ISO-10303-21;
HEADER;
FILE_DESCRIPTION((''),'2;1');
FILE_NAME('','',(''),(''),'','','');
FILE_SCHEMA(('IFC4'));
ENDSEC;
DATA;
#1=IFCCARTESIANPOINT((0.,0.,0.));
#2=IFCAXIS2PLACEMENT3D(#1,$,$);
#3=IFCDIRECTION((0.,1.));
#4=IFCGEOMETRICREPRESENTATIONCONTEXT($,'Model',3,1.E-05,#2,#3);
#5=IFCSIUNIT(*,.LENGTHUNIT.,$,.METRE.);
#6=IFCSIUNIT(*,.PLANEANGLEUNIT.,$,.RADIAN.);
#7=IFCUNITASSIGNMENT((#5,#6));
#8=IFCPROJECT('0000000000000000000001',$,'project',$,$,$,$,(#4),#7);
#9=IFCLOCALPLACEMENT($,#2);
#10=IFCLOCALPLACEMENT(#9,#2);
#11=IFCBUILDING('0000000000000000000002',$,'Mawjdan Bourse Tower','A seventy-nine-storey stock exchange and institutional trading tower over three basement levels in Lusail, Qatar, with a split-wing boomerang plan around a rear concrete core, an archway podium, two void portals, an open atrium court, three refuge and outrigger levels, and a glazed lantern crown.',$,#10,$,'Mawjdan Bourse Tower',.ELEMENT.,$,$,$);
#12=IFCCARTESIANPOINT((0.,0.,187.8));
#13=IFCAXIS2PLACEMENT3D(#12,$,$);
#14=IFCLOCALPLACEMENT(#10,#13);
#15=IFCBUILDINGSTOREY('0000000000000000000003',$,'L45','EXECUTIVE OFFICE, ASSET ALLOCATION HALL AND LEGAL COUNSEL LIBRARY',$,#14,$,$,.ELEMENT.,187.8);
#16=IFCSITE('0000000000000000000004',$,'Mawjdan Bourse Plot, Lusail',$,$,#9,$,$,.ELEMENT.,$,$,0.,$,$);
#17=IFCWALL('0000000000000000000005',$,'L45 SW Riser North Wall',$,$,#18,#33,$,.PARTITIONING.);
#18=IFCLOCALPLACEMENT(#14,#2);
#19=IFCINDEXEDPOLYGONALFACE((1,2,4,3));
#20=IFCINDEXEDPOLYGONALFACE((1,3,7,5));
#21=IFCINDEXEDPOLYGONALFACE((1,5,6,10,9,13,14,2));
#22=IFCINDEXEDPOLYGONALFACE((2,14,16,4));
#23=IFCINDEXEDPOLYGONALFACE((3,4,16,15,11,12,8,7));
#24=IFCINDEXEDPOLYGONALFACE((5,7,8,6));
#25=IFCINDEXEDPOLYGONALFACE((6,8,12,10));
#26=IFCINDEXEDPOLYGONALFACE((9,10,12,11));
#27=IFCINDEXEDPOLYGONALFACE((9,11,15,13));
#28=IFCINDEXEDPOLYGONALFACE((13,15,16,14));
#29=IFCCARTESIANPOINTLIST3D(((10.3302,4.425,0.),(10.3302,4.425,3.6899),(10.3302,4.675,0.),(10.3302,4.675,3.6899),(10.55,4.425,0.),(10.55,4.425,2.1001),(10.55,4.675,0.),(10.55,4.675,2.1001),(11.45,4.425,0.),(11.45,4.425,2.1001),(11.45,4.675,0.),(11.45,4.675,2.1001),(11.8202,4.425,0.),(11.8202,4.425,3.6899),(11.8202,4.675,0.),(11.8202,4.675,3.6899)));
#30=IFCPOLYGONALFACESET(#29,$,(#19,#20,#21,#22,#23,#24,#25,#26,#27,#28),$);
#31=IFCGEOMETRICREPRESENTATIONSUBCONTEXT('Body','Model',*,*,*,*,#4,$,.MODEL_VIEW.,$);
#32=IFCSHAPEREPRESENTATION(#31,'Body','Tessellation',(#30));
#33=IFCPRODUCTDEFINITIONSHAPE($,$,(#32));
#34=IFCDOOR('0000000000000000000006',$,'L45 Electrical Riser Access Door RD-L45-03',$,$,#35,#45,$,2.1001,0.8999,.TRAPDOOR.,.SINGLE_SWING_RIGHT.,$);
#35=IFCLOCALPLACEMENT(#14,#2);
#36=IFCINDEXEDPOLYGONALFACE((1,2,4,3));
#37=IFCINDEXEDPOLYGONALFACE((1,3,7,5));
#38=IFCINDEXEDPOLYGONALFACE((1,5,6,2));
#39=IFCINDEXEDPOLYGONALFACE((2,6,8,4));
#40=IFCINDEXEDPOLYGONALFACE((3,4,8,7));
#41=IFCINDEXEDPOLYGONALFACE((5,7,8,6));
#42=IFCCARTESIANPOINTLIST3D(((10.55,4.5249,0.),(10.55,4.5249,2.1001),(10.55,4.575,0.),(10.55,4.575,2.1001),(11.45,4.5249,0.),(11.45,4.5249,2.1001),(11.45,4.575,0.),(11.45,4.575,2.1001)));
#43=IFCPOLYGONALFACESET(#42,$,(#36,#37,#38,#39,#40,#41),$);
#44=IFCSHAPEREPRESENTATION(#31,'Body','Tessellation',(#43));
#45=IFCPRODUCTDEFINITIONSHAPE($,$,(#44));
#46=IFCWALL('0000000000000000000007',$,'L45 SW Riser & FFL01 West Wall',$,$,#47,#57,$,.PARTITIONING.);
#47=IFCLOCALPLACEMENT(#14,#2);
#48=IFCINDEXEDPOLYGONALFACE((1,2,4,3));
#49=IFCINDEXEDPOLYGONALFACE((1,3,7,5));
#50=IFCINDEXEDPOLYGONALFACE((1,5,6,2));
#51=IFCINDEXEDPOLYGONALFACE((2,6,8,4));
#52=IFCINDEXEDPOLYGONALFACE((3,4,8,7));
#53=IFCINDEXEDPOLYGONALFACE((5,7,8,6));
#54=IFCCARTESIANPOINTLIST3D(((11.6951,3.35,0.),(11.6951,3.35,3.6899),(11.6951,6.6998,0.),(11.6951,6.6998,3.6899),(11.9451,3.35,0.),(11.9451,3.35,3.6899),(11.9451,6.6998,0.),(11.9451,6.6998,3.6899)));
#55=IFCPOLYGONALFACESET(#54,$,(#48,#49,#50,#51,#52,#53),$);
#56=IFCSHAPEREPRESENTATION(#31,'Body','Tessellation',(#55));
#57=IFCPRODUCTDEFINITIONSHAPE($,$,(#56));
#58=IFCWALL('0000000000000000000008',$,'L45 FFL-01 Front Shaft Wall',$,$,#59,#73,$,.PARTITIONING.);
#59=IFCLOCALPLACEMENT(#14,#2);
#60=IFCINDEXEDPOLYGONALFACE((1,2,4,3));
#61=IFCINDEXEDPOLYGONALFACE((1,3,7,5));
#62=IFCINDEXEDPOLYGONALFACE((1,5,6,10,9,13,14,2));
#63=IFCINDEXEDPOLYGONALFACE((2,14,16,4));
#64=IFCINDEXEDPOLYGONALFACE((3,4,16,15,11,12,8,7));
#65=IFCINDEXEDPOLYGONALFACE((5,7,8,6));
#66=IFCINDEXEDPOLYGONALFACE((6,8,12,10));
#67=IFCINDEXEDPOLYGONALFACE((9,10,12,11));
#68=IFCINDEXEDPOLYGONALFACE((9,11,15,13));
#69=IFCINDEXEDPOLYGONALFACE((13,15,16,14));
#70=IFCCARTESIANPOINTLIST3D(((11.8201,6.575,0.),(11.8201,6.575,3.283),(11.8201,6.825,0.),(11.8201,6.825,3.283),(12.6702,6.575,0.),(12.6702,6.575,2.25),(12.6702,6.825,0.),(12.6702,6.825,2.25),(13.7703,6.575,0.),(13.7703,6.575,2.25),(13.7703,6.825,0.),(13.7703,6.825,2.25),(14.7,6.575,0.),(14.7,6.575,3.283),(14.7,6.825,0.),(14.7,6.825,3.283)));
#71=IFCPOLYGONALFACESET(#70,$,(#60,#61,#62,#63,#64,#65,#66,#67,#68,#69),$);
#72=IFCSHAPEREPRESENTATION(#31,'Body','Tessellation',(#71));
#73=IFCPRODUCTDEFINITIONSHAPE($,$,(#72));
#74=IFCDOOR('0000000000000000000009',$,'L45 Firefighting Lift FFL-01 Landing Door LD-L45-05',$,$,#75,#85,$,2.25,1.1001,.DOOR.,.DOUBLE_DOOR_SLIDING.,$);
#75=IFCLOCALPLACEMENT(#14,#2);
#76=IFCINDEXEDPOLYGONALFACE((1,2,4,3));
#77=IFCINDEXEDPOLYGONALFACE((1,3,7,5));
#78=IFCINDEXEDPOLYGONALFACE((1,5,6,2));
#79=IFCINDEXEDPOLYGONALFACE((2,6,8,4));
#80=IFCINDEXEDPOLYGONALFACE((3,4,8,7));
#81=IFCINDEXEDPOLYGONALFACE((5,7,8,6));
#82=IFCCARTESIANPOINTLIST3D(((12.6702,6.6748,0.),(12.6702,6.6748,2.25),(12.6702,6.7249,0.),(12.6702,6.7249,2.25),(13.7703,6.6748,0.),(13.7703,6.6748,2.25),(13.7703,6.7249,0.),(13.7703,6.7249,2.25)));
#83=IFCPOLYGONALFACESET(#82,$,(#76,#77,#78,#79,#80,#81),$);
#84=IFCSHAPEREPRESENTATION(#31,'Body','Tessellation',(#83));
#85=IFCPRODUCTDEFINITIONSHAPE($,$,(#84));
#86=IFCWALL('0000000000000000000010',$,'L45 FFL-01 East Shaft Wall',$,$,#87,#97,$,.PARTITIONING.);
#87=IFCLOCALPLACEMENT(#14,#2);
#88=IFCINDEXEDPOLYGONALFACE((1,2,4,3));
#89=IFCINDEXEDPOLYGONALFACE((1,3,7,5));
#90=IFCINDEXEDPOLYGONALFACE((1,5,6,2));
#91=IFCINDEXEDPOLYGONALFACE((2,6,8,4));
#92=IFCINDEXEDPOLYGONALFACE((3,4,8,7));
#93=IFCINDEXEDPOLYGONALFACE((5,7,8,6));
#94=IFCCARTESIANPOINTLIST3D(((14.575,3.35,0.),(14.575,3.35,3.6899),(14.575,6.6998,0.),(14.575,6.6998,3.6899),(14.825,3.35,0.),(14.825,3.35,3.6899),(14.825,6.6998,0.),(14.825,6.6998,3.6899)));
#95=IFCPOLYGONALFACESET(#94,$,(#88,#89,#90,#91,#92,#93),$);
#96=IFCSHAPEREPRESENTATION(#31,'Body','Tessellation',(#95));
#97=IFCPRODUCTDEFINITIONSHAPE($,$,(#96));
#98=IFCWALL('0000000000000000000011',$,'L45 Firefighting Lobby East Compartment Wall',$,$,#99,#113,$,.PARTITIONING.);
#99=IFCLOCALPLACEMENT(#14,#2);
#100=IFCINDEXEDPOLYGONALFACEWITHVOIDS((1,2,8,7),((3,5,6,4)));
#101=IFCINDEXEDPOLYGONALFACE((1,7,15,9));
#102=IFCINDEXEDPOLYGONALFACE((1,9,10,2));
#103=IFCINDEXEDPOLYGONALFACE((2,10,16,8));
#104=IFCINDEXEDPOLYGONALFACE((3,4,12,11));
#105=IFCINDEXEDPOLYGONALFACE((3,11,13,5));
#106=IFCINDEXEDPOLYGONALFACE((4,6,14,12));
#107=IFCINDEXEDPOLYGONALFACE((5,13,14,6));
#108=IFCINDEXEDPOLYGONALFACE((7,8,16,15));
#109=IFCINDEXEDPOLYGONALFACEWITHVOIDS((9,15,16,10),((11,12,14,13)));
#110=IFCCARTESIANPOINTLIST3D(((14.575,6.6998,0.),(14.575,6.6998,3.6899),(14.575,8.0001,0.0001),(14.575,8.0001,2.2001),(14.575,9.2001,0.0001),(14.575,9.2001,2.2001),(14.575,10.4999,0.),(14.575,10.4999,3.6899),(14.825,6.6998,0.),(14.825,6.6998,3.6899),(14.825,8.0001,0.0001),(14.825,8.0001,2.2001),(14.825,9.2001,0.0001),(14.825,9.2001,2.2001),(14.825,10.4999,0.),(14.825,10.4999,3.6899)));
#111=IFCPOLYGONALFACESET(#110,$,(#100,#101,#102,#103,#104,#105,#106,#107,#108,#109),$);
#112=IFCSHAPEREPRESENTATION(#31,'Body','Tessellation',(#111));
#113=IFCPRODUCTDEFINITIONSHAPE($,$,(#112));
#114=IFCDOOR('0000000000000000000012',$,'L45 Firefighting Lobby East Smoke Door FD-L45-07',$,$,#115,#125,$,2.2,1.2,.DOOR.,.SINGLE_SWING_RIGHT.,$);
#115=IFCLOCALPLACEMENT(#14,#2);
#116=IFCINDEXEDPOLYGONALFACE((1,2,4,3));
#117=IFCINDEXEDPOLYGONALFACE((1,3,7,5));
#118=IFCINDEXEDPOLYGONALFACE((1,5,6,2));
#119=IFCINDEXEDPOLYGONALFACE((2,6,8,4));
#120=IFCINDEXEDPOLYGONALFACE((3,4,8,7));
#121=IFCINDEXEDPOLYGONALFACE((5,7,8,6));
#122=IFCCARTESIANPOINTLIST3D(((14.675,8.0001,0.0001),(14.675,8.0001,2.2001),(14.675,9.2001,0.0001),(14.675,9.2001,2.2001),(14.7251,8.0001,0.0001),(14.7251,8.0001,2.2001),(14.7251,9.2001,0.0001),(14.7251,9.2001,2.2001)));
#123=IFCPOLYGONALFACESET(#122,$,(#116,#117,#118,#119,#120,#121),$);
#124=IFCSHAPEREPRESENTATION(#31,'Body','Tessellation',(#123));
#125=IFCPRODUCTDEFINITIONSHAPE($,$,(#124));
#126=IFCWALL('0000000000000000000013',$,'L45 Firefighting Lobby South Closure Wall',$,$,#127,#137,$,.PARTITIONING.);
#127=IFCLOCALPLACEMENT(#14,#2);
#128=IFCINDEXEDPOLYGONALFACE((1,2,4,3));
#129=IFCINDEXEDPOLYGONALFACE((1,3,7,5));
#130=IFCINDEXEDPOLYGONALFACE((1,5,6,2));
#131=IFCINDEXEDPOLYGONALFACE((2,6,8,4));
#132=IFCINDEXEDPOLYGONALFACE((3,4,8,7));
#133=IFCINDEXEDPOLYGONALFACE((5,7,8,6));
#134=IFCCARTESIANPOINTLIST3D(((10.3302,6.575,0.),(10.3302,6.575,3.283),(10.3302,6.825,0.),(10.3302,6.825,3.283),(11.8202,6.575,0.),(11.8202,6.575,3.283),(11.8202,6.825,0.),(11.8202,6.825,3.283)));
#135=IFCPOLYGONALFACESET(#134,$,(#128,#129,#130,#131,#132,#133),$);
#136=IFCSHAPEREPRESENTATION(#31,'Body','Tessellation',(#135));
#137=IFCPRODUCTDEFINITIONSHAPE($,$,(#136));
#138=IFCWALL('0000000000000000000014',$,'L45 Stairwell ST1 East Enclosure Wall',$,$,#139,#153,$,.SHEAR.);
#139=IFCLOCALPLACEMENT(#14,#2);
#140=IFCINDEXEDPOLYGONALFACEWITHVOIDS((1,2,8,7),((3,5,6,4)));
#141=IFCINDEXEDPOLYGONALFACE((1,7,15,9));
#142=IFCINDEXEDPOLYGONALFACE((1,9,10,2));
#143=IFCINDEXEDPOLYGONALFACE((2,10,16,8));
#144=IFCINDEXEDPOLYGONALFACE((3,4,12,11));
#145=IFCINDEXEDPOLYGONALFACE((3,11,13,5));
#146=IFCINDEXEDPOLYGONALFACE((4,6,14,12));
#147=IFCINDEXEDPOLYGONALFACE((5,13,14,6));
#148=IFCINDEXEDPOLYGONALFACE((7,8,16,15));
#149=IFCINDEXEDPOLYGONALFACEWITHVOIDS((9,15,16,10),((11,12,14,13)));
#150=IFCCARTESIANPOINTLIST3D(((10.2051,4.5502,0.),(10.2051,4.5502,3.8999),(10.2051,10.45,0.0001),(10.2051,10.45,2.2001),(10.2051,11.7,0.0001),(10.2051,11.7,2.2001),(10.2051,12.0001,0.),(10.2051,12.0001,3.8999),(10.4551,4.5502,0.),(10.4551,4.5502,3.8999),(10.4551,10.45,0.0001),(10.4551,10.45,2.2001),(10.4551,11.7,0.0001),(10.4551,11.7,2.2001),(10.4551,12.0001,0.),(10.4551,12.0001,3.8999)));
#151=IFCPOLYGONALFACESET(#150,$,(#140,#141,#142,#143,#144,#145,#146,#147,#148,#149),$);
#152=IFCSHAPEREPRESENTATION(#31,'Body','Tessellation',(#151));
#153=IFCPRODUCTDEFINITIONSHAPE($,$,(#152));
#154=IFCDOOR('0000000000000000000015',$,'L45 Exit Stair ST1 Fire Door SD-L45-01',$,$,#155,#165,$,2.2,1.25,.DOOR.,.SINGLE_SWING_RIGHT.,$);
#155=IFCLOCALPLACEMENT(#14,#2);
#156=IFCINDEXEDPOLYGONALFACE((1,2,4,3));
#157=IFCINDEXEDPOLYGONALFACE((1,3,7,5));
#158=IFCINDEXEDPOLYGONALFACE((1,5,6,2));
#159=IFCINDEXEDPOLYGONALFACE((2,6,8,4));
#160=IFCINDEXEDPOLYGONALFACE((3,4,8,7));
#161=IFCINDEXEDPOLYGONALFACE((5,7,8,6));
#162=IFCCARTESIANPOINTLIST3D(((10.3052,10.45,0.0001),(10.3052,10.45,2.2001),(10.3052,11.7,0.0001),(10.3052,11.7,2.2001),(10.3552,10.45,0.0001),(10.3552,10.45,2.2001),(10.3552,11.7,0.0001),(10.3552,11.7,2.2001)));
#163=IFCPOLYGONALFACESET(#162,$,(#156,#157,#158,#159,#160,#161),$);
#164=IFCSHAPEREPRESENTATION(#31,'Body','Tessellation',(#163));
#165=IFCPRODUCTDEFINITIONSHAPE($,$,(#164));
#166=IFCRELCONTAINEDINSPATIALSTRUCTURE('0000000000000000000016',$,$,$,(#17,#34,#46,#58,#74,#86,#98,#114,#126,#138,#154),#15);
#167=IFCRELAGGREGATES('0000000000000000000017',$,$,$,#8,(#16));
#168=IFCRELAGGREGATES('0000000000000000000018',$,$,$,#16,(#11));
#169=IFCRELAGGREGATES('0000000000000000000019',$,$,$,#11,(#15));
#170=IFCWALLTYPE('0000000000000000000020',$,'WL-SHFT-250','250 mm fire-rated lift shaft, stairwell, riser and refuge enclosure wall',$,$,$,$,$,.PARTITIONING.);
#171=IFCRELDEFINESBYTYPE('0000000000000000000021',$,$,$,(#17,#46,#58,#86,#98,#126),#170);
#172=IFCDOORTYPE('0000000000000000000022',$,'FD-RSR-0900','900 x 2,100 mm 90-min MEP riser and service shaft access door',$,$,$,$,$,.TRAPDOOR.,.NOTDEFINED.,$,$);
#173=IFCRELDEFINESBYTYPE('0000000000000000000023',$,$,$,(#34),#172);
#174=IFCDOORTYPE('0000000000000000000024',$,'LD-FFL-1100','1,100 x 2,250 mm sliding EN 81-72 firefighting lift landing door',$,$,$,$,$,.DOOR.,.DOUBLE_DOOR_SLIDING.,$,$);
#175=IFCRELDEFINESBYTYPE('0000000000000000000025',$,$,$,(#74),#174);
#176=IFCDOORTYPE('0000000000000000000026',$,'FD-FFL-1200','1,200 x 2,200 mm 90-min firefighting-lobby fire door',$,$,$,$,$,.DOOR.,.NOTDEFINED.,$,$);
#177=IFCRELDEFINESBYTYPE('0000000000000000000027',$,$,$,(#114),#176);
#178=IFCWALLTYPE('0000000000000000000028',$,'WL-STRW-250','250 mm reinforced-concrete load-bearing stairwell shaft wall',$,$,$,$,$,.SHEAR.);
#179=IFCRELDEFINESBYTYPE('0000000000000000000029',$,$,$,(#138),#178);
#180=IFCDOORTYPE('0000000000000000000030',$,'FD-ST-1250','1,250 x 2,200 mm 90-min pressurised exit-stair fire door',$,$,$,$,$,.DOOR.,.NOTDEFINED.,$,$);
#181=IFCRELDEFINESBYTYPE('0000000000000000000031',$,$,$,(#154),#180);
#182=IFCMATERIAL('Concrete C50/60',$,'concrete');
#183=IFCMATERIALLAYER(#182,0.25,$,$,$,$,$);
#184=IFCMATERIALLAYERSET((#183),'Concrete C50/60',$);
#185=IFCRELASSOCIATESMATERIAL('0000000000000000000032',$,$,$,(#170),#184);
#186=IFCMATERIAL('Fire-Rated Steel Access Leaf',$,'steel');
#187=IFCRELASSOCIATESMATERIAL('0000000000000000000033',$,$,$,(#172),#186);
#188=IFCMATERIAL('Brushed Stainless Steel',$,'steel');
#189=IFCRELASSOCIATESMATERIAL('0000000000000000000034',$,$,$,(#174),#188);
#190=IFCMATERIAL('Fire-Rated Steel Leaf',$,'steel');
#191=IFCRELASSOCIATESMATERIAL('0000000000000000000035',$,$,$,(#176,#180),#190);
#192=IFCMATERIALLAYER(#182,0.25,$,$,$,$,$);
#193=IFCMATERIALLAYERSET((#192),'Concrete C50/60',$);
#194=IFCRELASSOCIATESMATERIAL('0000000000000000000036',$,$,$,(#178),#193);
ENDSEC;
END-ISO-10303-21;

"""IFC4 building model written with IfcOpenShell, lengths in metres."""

from ifc_helpers import new_model, si_unit, direction, frame, frame_2d, origin, place, context, subcontext, project, spatial, rectangle, extrude, material, layer, layer_set, type_object, element, fill, save


model = new_model("IFC4")

# Units and contexts
model_context = context("Model", 3, precision=1e-05, world=origin(), true_north=direction((0.0, 1.0)))
body_context = subcontext(model_context, "Body", "Model", "MODEL_VIEW")
ifc_project = project(units=[si_unit("LENGTHUNIT", "METRE"), si_unit("PLANEANGLEUNIT", "RADIAN")], contexts=[model_context])

# Site, building, storey
site_placement = place(None, origin())
site = spatial("IfcSite", under=ifc_project, at=site_placement, Name="Mawjdan Bourse Plot, Lusail", CompositionType="ELEMENT", RefElevation=0.0)
building_placement = place(site_placement, origin())
building = spatial("IfcBuilding", under=site, at=building_placement, Name="Mawjdan Bourse Tower", Description="A seventy-nine-storey stock exchange and institutional trading tower over three basement levels in Lusail, Qatar, with a split-wing boomerang plan around a rear concrete core, an archway podium, two void portals, an open atrium court, three refuge and outrigger levels, and a glazed lantern crown.", LongName="Mawjdan Bourse Tower", CompositionType="ELEMENT")
storey_placement = place(building_placement, frame((0.0, 0.0, 187.8)))
storey = spatial("IfcBuildingStorey", under=building, at=storey_placement, Name="L45", Description="EXECUTIVE OFFICE, ASSET ALLOCATION HALL AND LEGAL COUNSEL LIBRARY", CompositionType="ELEMENT", Elevation=187.8)

# Shared definitions
ifc_material_1 = material(Name="Concrete C50/60", Category="concrete")

# Wall, opening, door
ifc_layer_1 = layer(ifc_material_1, 0.25)
ifc_layer_set_1 = layer_set([ifc_layer_1], Name="Concrete C50/60")
wall_type_1 = type_object("IfcWallType", Name="WL-SHFT-250", Description="250 mm fire-rated lift shaft, stairwell, riser and refuge enclosure wall", PredefinedType="PARTITIONING", material=ifc_layer_set_1)
wall_1_placement = place(storey_placement, frame((10.3301, 4.55, 0.0), z_axis=(0.0, 0.0, 1.0), x_axis=(1.0, 0.0, 0.0)))
wall_1 = element("IfcWall", 1, at=wall_1_placement, inside=storey, type_object=wall_type_1, Name="L45 SW Riser North Wall", PredefinedType="PARTITIONING", context=body_context, shape_type="SweptSolid", body=[
    extrude(rectangle(XDim=1.49, YDim=0.25, at=frame_2d((0.7451, 0.0))), origin(), (0.0, 0.0, 1.0), 3.6899),
])
opening_1_placement = place(wall_1_placement, frame((0.22, 0.0, 0.0)))
opening_1 = element("IfcOpeningElement", 2, at=opening_1_placement, cuts=wall_1, PredefinedType="OPENING", context=body_context, shape_type="SweptSolid", body=[
    extrude(rectangle(XDim=0.8999, YDim=2.1001, at=frame_2d((0.45, 1.05))), frame((0.0, 0.135, 0.0), z_axis=(0.0, -1.0, 0.0), x_axis=(1.0, 0.0, 0.0)), (0.0, 0.0, 1.0), 0.27),
])
ifc_material_2 = material(Name="Fire-Rated Steel Access Leaf", Category="steel")
door_type_1 = type_object("IfcDoorType", Name="FD-RSR-0900", Description="900 x 2,100 mm 90-min MEP riser and service shaft access door", OperationType="NOTDEFINED", PredefinedType="TRAPDOOR", material=ifc_material_2)
door_1_placement = place(opening_1_placement, origin())
door_1 = element("IfcDoor", 3, at=door_1_placement, inside=storey, type_object=door_type_1, Name="L45 Electrical Riser Access Door RD-L45-03", OperationType="SINGLE_SWING_RIGHT", OverallHeight=2.1001, OverallWidth=0.8999, PredefinedType="TRAPDOOR", context=body_context, shape_type="SweptSolid", body=[
    extrude(rectangle(XDim=0.8999, YDim=2.1001, at=frame_2d((0.45, 1.05))), frame((0.0, 0.0249, 0.0), z_axis=(0.0, -1.0, 0.0), x_axis=(1.0, 0.0, 0.0)), (0.0, 0.0, 1.0), 0.05),
])
fill(opening_1, door_1)

# Wall
wall_2_placement = place(storey_placement, frame((11.8201, 3.3501, 0.0), z_axis=(0.0, 0.0, 1.0), x_axis=(0.0, 1.0, 0.0)))
element("IfcWall", 4, at=wall_2_placement, inside=storey, type_object=wall_type_1, Name="L45 SW Riser & FFL01 West Wall", PredefinedType="PARTITIONING", context=body_context, shape_type="SweptSolid", body=[
    extrude(rectangle(XDim=3.3499, YDim=0.25, at=frame_2d((1.6748, 0.0))), origin(), (0.0, 0.0, 1.0), 3.6899),
])

# Wall, opening, door
wall_3_placement = place(storey_placement, frame((11.8201, 6.7, 0.0), z_axis=(0.0, 0.0, 1.0), x_axis=(1.0, 0.0, 0.0)))
wall_3 = element("IfcWall", 5, at=wall_3_placement, inside=storey, type_object=wall_type_1, Name="L45 FFL-01 Front Shaft Wall", PredefinedType="PARTITIONING", context=body_context, shape_type="SweptSolid", body=[
    extrude(rectangle(XDim=2.8799, YDim=0.25, at=frame_2d((1.4399, 0.0))), origin(), (0.0, 0.0, 1.0), 3.283),
])
opening_2_placement = place(wall_3_placement, frame((0.8501, 0.0, 0.0)))
opening_2 = element("IfcOpeningElement", 6, at=opening_2_placement, cuts=wall_3, PredefinedType="OPENING", context=body_context, shape_type="SweptSolid", body=[
    extrude(rectangle(XDim=1.1001, YDim=2.25, at=frame_2d((0.55, 1.125))), frame((0.0, 0.135, 0.0), z_axis=(0.0, -1.0, 0.0), x_axis=(1.0, 0.0, 0.0)), (0.0, 0.0, 1.0), 0.27),
])
ifc_material_3 = material(Name="Brushed Stainless Steel", Category="steel")
door_type_2 = type_object("IfcDoorType", Name="LD-FFL-1100", Description="1,100 x 2,250 mm sliding EN 81-72 firefighting lift landing door", OperationType="DOUBLE_DOOR_SLIDING", PredefinedType="DOOR", material=ifc_material_3)
door_2_placement = place(opening_2_placement, origin())
door_2 = element("IfcDoor", 7, at=door_2_placement, inside=storey, type_object=door_type_2, Name="L45 Firefighting Lift FFL-01 Landing Door LD-L45-05", OperationType="DOUBLE_DOOR_SLIDING", OverallHeight=2.25, OverallWidth=1.1001, PredefinedType="DOOR", context=body_context, shape_type="SweptSolid", body=[
    extrude(rectangle(XDim=1.1001, YDim=2.25, at=frame_2d((0.55, 1.125))), frame((0.0, 0.0249, 0.0), z_axis=(0.0, -1.0, 0.0), x_axis=(1.0, 0.0, 0.0)), (0.0, 0.0, 1.0), 0.05),
])
fill(opening_2, door_2)

# Wall
wall_4_placement = place(storey_placement, frame((14.7, 3.3501, 0.0), z_axis=(0.0, 0.0, 1.0), x_axis=(0.0, 1.0, 0.0)))
element("IfcWall", 8, at=wall_4_placement, inside=storey, type_object=wall_type_1, Name="L45 FFL-01 East Shaft Wall", PredefinedType="PARTITIONING", context=body_context, shape_type="SweptSolid", body=[
    extrude(rectangle(XDim=3.3499, YDim=0.25, at=frame_2d((1.6748, 0.0))), origin(), (0.0, 0.0, 1.0), 3.6899),
])

# Wall, opening, door
wall_5_placement = place(storey_placement, frame((14.7, 6.7, 0.0), z_axis=(0.0, 0.0, 1.0), x_axis=(0.0, 1.0, 0.0)))
wall_5 = element("IfcWall", 9, at=wall_5_placement, inside=storey, type_object=wall_type_1, Name="L45 Firefighting Lobby East Compartment Wall", PredefinedType="PARTITIONING", context=body_context, shape_type="SweptSolid", body=[
    extrude(rectangle(XDim=3.8, YDim=0.25, at=frame_2d((1.8999, 0.0))), origin(), (0.0, 0.0, 1.0), 3.6899),
])
opening_3_placement = place(wall_5_placement, frame((1.3, 0.0, 0.0)))
opening_3 = element("IfcOpeningElement", 10, at=opening_3_placement, cuts=wall_5, PredefinedType="OPENING", context=body_context, shape_type="SweptSolid", body=[
    extrude(rectangle(XDim=1.2, YDim=2.2, at=frame_2d((0.6001, 1.1001))), frame((0.0, 0.135, 0.0), z_axis=(0.0, -1.0, 0.0), x_axis=(1.0, 0.0, 0.0)), (0.0, 0.0, 1.0), 0.27),
])
ifc_material_4 = material(Name="Fire-Rated Steel Leaf", Category="steel")
door_type_3 = type_object("IfcDoorType", Name="FD-FFL-1200", Description="1,200 x 2,200 mm 90-min firefighting-lobby fire door", OperationType="NOTDEFINED", PredefinedType="DOOR", material=ifc_material_4)
door_3_placement = place(opening_3_placement, origin())
door_3 = element("IfcDoor", 11, at=door_3_placement, inside=storey, type_object=door_type_3, Name="L45 Firefighting Lobby East Smoke Door FD-L45-07", OperationType="SINGLE_SWING_RIGHT", OverallHeight=2.2, OverallWidth=1.2, PredefinedType="DOOR", context=body_context, shape_type="SweptSolid", body=[
    extrude(rectangle(XDim=1.2, YDim=2.2, at=frame_2d((0.6001, 1.1001))), frame((0.0, 0.0249, 0.0), z_axis=(0.0, -1.0, 0.0), x_axis=(1.0, 0.0, 0.0)), (0.0, 0.0, 1.0), 0.05),
])
fill(opening_3, door_3)

# Wall
wall_6_placement = place(storey_placement, frame((10.3301, 6.7, 0.0), z_axis=(0.0, 0.0, 1.0), x_axis=(1.0, 0.0, 0.0)))
element("IfcWall", 12, at=wall_6_placement, inside=storey, type_object=wall_type_1, Name="L45 Firefighting Lobby South Closure Wall", PredefinedType="PARTITIONING", context=body_context, shape_type="SweptSolid", body=[
    extrude(rectangle(XDim=1.49, YDim=0.25, at=frame_2d((0.7451, 0.0))), origin(), (0.0, 0.0, 1.0), 3.283),
])
ifc_layer_2 = layer(ifc_material_1, 0.25)
ifc_layer_set_2 = layer_set([ifc_layer_2], Name="Concrete C50/60")
wall_type_2 = type_object("IfcWallType", Name="WL-STRW-250", Description="250 mm reinforced-concrete load-bearing stairwell shaft wall", PredefinedType="SHEAR", material=ifc_layer_set_2)

# Wall, opening, door
wall_7_placement = place(storey_placement, frame((10.3301, 4.55, 0.0), z_axis=(0.0, 0.0, 1.0), x_axis=(0.0, 1.0, 0.0)))
wall_7 = element("IfcWall", 13, at=wall_7_placement, inside=storey, type_object=wall_type_2, Name="L45 Stairwell ST1 East Enclosure Wall", PredefinedType="SHEAR", context=body_context, shape_type="SweptSolid", body=[
    extrude(rectangle(XDim=7.45, YDim=0.25, at=frame_2d((3.7251, 0.0))), origin(), (0.0, 0.0, 1.0), 3.8999),
])
opening_4_placement = place(wall_7_placement, frame((5.8999, 0.0, 0.0)))
opening_4 = element("IfcOpeningElement", 14, at=opening_4_placement, cuts=wall_7, PredefinedType="OPENING", context=body_context, shape_type="SweptSolid", body=[
    extrude(rectangle(XDim=1.25, YDim=2.2, at=frame_2d((0.625, 1.1001))), frame((0.0, 0.135, 0.0), z_axis=(0.0, -1.0, 0.0), x_axis=(1.0, 0.0, 0.0)), (0.0, 0.0, 1.0), 0.27),
])
door_type_4 = type_object("IfcDoorType", Name="FD-ST-1250", Description="1,250 x 2,200 mm 90-min pressurised exit-stair fire door", OperationType="NOTDEFINED", PredefinedType="DOOR", material=ifc_material_4)
door_4_placement = place(opening_4_placement, origin())
door_4 = element("IfcDoor", 15, at=door_4_placement, inside=storey, type_object=door_type_4, Name="L45 Exit Stair ST1 Fire Door SD-L45-01", OperationType="SINGLE_SWING_RIGHT", OverallHeight=2.2, OverallWidth=1.25, PredefinedType="DOOR", context=body_context, shape_type="SweptSolid", body=[
    extrude(rectangle(XDim=1.25, YDim=2.2, at=frame_2d((0.625, 1.1001))), frame((0.0, 0.0249, 0.0), z_axis=(0.0, -1.0, 0.0), x_axis=(1.0, 0.0, 0.0)), (0.0, 0.0, 1.0), 0.05),
])
fill(opening_4, door_4)

save(model, "model.ifc")
